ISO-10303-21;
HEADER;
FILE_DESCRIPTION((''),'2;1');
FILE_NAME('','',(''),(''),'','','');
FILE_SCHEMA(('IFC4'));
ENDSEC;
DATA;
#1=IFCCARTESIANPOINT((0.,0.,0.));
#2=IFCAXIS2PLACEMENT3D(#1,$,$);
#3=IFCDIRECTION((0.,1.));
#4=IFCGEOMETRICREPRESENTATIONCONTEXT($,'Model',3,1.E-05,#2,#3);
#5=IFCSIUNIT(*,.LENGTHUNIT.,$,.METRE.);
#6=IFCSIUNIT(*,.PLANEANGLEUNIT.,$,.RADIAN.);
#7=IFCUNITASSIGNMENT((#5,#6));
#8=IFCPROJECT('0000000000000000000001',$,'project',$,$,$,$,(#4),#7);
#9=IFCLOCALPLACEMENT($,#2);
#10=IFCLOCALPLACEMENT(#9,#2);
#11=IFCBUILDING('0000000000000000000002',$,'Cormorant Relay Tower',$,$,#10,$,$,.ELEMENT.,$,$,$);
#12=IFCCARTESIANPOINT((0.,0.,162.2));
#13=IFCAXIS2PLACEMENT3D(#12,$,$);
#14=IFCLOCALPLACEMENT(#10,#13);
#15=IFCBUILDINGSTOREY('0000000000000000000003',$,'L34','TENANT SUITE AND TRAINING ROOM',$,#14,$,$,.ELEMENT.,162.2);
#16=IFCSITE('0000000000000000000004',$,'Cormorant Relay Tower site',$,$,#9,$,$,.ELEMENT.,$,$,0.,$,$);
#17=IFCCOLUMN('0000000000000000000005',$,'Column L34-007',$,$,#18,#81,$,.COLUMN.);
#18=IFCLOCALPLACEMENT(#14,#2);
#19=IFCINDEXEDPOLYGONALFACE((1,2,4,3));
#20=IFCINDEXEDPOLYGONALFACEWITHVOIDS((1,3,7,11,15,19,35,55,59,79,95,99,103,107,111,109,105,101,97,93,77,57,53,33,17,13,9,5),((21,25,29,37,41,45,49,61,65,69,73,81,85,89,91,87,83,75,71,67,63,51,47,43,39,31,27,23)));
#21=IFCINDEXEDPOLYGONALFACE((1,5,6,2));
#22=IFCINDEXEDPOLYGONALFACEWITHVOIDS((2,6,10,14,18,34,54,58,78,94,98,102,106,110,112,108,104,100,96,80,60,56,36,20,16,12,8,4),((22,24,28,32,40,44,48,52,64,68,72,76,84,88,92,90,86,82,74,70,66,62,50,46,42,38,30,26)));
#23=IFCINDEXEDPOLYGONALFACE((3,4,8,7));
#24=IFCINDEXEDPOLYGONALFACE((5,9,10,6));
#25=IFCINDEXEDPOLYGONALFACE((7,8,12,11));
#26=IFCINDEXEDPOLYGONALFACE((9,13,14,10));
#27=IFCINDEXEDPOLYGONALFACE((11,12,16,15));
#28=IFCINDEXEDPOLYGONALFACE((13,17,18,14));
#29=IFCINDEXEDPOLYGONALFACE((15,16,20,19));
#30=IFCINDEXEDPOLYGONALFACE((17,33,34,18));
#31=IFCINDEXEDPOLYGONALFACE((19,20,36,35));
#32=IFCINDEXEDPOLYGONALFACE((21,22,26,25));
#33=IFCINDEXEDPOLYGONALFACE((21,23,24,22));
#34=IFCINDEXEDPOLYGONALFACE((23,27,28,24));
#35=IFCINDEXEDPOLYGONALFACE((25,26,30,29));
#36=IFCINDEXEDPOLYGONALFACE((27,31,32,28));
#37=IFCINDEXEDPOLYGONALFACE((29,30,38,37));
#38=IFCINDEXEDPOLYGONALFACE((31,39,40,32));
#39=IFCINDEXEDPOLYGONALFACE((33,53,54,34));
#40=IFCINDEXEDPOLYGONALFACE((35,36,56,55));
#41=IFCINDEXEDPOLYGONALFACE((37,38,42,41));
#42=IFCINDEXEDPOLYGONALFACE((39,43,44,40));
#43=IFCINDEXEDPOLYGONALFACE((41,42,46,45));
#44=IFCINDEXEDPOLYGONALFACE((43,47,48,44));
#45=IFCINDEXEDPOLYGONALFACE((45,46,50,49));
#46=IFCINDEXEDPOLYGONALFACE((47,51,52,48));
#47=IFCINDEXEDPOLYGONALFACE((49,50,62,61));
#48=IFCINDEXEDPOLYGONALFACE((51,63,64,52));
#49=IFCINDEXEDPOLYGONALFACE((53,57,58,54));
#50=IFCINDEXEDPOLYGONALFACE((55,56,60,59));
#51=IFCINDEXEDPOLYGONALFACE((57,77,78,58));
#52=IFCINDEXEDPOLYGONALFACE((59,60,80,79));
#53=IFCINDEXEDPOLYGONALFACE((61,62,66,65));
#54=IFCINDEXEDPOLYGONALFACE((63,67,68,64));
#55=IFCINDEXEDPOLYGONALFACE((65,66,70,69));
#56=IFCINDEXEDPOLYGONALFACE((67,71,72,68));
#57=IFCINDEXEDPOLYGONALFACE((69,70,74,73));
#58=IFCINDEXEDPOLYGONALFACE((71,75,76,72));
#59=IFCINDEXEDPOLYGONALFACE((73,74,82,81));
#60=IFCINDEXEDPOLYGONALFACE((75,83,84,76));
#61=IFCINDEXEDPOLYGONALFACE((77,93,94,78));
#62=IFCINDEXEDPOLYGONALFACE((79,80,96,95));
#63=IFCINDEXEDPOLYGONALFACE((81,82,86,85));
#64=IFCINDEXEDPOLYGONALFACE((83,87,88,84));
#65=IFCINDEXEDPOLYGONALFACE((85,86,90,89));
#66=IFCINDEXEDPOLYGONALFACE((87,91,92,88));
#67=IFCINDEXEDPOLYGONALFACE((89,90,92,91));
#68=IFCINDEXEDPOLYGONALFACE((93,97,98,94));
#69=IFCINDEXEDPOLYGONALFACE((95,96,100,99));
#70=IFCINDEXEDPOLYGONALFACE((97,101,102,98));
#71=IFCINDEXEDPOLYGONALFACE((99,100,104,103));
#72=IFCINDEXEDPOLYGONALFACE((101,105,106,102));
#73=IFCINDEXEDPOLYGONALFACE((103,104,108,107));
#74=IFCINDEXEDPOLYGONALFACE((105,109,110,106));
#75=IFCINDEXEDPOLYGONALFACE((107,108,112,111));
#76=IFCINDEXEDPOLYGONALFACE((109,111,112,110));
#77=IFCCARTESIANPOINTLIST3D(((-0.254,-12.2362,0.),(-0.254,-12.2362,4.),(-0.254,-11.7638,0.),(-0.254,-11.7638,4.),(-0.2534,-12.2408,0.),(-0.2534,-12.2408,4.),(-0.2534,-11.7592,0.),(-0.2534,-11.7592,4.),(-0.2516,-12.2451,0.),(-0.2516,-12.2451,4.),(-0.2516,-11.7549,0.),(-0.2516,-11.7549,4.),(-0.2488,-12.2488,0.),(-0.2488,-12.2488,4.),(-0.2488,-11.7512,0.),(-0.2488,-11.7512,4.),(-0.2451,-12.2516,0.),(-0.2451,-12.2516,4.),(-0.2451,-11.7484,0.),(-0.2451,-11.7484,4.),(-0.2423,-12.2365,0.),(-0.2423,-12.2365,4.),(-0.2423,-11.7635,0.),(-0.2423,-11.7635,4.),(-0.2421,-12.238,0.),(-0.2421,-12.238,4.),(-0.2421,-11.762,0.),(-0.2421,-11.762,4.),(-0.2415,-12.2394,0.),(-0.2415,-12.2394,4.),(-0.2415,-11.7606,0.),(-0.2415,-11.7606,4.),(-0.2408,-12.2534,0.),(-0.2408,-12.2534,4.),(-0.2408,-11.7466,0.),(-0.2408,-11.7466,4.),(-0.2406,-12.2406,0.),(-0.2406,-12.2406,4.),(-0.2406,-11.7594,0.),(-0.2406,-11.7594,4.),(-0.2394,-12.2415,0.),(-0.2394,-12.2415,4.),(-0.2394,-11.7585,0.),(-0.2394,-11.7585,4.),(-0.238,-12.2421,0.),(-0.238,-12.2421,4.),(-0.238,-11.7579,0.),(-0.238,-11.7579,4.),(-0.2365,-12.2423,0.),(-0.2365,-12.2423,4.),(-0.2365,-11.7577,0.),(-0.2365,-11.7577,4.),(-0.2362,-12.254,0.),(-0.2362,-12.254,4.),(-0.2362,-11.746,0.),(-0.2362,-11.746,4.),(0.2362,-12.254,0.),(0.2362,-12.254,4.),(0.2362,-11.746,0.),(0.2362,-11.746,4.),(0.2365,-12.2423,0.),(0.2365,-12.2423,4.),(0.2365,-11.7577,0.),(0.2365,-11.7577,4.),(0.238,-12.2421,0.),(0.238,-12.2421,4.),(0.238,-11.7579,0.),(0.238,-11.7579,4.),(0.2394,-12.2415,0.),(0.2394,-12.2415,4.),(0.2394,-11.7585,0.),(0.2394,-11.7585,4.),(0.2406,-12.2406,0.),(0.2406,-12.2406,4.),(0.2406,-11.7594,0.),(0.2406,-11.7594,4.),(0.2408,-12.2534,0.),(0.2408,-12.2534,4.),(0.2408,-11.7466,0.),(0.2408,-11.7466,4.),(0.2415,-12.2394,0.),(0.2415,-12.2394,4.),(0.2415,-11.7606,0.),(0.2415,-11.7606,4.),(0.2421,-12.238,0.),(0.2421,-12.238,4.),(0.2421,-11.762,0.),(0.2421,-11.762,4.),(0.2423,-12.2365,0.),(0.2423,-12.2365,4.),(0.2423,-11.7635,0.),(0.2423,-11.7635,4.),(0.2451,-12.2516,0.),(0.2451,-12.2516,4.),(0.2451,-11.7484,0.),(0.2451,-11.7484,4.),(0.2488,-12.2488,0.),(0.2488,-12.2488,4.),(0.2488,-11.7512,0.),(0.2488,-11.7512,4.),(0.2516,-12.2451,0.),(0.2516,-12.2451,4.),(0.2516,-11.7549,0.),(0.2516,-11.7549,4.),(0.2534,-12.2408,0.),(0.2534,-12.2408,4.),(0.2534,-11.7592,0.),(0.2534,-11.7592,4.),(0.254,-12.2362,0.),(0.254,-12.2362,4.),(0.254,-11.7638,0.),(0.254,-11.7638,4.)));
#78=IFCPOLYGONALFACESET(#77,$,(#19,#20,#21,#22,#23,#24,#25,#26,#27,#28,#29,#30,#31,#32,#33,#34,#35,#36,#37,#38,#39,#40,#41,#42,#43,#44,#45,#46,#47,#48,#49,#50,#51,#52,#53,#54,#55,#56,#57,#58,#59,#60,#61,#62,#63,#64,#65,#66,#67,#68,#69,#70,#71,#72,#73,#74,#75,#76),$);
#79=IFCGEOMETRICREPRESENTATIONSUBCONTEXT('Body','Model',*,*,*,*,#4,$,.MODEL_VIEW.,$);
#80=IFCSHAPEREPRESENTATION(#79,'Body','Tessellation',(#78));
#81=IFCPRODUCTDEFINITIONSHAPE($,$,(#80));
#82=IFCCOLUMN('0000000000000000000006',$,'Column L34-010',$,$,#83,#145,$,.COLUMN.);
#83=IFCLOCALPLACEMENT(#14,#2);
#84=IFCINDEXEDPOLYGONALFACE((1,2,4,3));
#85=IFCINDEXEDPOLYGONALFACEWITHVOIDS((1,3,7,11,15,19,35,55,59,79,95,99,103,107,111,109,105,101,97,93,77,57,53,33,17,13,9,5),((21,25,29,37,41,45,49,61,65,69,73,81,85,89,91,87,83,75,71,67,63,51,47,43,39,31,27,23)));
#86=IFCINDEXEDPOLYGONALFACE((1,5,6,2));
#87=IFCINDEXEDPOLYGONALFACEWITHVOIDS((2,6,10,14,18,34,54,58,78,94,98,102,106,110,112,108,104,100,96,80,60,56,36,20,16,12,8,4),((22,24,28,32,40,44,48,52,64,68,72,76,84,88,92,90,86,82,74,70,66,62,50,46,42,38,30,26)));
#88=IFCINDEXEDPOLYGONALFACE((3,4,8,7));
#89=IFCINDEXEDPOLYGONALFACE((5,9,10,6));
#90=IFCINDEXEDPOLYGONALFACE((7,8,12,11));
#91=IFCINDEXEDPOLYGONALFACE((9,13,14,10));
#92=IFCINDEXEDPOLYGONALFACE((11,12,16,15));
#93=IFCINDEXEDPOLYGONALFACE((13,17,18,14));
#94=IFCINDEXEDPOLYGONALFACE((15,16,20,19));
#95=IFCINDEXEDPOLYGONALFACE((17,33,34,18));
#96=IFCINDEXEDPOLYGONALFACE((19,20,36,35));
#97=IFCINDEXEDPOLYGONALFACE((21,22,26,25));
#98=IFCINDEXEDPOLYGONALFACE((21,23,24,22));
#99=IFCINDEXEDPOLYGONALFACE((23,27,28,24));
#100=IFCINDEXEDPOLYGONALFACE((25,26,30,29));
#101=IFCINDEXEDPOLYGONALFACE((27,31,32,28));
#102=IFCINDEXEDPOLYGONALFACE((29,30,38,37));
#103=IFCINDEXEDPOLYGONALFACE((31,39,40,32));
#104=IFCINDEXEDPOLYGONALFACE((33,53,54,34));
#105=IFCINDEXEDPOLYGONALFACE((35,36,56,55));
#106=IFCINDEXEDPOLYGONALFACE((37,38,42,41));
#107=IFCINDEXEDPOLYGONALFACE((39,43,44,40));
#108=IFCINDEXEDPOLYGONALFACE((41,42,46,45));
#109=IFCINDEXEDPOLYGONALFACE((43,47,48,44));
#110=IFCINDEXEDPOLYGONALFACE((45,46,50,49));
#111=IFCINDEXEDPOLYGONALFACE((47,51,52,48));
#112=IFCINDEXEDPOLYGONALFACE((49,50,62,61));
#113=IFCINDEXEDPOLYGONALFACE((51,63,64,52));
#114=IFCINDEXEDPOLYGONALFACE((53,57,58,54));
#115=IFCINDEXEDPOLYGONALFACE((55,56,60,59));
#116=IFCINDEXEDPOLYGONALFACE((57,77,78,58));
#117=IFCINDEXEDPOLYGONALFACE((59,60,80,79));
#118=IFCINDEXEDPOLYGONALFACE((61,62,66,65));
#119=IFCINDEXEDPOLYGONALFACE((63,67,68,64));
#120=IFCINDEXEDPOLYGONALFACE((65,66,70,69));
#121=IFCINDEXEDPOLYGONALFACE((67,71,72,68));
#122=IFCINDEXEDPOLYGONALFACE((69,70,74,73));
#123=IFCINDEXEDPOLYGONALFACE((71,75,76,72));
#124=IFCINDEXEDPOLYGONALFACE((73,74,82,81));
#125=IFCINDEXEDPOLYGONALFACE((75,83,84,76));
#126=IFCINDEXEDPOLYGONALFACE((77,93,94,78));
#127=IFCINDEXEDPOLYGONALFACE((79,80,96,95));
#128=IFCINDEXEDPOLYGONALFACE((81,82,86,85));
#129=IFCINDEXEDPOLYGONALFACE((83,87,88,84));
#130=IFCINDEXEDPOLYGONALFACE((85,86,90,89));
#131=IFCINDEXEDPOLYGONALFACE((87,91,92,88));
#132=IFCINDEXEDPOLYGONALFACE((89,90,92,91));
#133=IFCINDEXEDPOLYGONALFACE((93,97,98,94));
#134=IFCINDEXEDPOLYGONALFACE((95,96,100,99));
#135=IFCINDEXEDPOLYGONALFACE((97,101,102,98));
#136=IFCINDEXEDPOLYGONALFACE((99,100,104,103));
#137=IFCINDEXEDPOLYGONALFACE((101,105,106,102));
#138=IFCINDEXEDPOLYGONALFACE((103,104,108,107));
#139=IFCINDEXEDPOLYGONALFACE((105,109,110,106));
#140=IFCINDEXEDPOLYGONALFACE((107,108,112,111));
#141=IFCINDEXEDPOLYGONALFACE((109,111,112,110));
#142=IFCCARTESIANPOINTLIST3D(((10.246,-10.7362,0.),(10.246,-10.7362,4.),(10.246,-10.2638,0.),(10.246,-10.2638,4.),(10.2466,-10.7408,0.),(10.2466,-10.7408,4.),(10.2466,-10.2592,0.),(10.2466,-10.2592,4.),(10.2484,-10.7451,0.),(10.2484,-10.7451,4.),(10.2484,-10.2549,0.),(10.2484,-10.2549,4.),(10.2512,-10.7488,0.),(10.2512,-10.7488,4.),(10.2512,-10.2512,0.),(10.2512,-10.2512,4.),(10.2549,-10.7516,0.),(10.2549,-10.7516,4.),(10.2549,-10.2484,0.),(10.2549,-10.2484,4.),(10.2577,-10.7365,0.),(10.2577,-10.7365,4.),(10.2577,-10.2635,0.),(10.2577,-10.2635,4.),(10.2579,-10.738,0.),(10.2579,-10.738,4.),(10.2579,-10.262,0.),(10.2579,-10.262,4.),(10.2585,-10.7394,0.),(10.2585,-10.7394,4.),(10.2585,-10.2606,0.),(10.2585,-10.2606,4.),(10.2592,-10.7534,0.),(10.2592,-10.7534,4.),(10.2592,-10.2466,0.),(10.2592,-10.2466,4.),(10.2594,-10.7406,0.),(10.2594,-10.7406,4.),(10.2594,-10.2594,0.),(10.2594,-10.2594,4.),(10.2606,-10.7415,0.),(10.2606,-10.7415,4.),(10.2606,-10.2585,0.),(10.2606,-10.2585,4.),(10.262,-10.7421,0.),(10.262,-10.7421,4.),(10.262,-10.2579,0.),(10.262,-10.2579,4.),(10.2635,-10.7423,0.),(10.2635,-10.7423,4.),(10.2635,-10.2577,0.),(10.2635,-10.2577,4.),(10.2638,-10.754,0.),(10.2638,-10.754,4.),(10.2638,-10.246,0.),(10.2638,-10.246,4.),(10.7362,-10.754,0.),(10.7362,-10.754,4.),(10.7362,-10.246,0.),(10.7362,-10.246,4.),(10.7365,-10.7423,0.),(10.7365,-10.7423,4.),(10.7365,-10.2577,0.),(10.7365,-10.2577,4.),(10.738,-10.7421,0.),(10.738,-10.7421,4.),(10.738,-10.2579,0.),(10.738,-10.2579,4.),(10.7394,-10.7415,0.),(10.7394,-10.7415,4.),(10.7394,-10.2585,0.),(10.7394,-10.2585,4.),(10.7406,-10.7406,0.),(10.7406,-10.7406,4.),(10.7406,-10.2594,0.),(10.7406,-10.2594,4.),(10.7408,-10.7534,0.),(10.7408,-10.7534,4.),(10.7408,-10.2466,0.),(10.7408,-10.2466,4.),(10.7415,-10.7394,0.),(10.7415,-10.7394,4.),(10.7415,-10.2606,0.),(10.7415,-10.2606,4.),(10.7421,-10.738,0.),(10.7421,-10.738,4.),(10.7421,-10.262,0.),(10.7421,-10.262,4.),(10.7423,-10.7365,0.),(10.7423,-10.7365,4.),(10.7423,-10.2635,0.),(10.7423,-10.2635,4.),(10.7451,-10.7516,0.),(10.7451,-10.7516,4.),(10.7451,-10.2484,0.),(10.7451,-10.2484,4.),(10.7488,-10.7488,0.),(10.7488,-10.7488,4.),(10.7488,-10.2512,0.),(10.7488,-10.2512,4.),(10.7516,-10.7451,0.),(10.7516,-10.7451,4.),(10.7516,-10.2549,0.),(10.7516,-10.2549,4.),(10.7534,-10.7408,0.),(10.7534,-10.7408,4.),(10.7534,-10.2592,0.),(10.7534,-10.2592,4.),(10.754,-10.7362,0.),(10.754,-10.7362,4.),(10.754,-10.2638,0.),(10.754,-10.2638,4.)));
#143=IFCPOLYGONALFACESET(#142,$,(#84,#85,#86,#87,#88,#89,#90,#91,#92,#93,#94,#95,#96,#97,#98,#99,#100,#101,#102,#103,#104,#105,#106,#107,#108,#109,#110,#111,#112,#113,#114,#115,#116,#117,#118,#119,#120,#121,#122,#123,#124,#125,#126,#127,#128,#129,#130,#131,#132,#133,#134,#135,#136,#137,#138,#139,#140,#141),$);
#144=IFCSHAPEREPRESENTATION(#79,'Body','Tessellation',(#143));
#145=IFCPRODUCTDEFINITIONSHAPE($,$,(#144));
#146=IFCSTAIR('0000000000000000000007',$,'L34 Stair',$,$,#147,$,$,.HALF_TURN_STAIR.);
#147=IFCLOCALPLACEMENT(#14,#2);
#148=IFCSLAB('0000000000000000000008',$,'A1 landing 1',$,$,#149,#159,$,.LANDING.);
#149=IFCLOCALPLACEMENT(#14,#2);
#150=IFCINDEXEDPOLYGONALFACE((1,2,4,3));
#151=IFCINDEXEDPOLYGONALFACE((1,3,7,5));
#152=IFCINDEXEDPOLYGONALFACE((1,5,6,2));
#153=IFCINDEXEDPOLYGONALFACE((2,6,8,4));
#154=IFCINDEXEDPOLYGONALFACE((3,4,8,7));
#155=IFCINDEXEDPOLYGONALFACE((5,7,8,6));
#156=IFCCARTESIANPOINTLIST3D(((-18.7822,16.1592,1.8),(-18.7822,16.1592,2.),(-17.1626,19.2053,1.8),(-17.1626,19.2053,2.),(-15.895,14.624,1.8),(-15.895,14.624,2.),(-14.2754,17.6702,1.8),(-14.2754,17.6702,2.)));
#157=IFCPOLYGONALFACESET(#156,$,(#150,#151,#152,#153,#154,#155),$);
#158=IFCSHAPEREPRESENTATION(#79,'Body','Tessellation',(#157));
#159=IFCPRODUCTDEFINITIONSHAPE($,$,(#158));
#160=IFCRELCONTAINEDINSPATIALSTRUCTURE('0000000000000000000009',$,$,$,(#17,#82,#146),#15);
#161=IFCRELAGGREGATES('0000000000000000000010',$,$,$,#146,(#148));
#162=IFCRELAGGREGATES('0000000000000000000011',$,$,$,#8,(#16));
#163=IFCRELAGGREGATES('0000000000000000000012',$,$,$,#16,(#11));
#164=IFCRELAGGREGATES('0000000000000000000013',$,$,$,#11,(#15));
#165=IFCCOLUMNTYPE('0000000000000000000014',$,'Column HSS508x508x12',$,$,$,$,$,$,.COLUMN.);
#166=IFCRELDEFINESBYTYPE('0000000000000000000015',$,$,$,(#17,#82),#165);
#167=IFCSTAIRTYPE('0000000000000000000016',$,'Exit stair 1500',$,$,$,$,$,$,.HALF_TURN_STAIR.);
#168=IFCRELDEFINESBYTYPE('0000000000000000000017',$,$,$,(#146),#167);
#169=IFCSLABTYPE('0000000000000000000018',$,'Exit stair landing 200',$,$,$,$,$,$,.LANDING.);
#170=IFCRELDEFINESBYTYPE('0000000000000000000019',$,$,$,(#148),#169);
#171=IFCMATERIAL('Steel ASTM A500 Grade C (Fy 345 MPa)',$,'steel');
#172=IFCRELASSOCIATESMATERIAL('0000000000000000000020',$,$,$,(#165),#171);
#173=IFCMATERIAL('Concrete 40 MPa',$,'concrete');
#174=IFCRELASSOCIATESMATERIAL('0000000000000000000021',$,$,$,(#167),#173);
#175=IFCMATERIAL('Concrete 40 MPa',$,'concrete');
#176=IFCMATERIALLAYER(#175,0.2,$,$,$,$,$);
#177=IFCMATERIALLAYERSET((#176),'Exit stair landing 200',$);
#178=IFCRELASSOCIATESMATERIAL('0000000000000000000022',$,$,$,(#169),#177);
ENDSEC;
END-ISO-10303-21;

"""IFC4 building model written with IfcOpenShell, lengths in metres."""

from ifc_helpers import new_model, si_unit, direction, frame, origin, origin_2d, place, context, subcontext, project, spatial, polyline, hollow_rectangle, outline, extrude, material, layer, layer_set, material_profile, profile_set, type_object, element, aggregate, save


model = new_model("IFC4")

# Units and contexts
model_context = context("Model", 3, precision=1e-05, world=origin(), true_north=direction((0.0, 1.0)))
body_context = subcontext(model_context, "Body", "Model", "MODEL_VIEW")
ifc_project = project(units=[si_unit("LENGTHUNIT", "METRE"), si_unit("PLANEANGLEUNIT", "RADIAN")], contexts=[model_context])

# Site, building, storey
site_placement = place(None, origin())
site = spatial("IfcSite", under=ifc_project, at=site_placement, Name="Cormorant Relay Tower site", CompositionType="ELEMENT", RefElevation=0.0)
building_placement = place(site_placement, origin())
building = spatial("IfcBuilding", under=site, at=building_placement, Name="Cormorant Relay Tower", CompositionType="ELEMENT")
storey_placement = place(building_placement, frame((0.0, 0.0, 162.2)))
storey = spatial("IfcBuildingStorey", under=building, at=storey_placement, Name="L34", Description="TENANT SUITE AND TRAINING ROOM", CompositionType="ELEMENT", Elevation=162.2)

# Columns
ifc_material_1 = material(Name="Steel ASTM A500 Grade C (Fy 345 MPa)", Category="steel")
ifc_material_profile = material_profile(ifc_material_1, hollow_rectangle(XDim=0.5081, YDim=0.5081, WallThickness=0.0117, InnerFilletRadius=0.0059, OuterFilletRadius=0.0178, at=origin_2d()), Name="HSS508x508x12")
ifc_profile_set = profile_set([ifc_material_profile], Name="Steel ASTM A500 Grade C (Fy 345 MPa)")
column_type = type_object("IfcColumnType", Name="Column HSS508x508x12", PredefinedType="COLUMN", material=ifc_profile_set)
for number, where, z_axis, x_axis, name in (
    (1, (0.0, -12.0, 0.0), (0.0, 0.0, 1.0), (1.0, 0.0, 0.0), "Column L34-007"),
    (2, (10.5, -10.5, 0.0), (0.0, 0.0, 1.0), (1.0, 0.0, 0.0), "Column L34-010"),
):
    element("IfcColumn", number, at=place(storey_placement, frame(where, z_axis=z_axis, x_axis=x_axis)), inside=storey, type_object=column_type, Name=name, PredefinedType="COLUMN", context=body_context, shape_type="SweptSolid", body=[
        extrude(hollow_rectangle(XDim=0.5081, YDim=0.5081, WallThickness=0.0117, InnerFilletRadius=0.0059, OuterFilletRadius=0.0178, at=origin_2d()), origin(), (0.0, 0.0, 1.0), 4.0),
    ])

# Stair, slab
ifc_material_2 = material(Name="Concrete 40 MPa", Category="concrete")
stair_type = type_object("IfcStairType", Name="Exit stair 1500", PredefinedType="HALF_TURN_STAIR", material=ifc_material_2)
stair_placement = place(storey_placement, origin())
stair = element("IfcStair", 3, at=stair_placement, inside=storey, type_object=stair_type, Name="L34 Stair", PredefinedType="HALF_TURN_STAIR")
ifc_material_3 = material(Name="Concrete 40 MPa", Category="concrete")
ifc_layer_1 = layer(ifc_material_3, 0.2)
ifc_layer_set_1 = layer_set([ifc_layer_1], Name="Exit stair landing 200")
slab_type_1 = type_object("IfcSlabType", Name="Exit stair landing 200", PredefinedType="LANDING", material=ifc_layer_set_1)
slab_1_placement = place(storey_placement, frame((0.0, 0.0, 1.8)))
slab_1 = element("IfcSlab", 4, at=slab_1_placement, type_object=slab_type_1, Name="A1 landing 1", PredefinedType="LANDING", context=body_context, shape_type="SweptSolid", body=[
    extrude(outline(polyline([(-18.7822, 16.1592), (-15.895, 14.624), (-14.2754, 17.6702), (-17.1626, 19.2053), (-18.7822, 16.1592)])), origin(), (0.0, 0.0, 1.0), 0.2),
])
aggregate(stair, [slab_1])

save(model, "model.ifc")
